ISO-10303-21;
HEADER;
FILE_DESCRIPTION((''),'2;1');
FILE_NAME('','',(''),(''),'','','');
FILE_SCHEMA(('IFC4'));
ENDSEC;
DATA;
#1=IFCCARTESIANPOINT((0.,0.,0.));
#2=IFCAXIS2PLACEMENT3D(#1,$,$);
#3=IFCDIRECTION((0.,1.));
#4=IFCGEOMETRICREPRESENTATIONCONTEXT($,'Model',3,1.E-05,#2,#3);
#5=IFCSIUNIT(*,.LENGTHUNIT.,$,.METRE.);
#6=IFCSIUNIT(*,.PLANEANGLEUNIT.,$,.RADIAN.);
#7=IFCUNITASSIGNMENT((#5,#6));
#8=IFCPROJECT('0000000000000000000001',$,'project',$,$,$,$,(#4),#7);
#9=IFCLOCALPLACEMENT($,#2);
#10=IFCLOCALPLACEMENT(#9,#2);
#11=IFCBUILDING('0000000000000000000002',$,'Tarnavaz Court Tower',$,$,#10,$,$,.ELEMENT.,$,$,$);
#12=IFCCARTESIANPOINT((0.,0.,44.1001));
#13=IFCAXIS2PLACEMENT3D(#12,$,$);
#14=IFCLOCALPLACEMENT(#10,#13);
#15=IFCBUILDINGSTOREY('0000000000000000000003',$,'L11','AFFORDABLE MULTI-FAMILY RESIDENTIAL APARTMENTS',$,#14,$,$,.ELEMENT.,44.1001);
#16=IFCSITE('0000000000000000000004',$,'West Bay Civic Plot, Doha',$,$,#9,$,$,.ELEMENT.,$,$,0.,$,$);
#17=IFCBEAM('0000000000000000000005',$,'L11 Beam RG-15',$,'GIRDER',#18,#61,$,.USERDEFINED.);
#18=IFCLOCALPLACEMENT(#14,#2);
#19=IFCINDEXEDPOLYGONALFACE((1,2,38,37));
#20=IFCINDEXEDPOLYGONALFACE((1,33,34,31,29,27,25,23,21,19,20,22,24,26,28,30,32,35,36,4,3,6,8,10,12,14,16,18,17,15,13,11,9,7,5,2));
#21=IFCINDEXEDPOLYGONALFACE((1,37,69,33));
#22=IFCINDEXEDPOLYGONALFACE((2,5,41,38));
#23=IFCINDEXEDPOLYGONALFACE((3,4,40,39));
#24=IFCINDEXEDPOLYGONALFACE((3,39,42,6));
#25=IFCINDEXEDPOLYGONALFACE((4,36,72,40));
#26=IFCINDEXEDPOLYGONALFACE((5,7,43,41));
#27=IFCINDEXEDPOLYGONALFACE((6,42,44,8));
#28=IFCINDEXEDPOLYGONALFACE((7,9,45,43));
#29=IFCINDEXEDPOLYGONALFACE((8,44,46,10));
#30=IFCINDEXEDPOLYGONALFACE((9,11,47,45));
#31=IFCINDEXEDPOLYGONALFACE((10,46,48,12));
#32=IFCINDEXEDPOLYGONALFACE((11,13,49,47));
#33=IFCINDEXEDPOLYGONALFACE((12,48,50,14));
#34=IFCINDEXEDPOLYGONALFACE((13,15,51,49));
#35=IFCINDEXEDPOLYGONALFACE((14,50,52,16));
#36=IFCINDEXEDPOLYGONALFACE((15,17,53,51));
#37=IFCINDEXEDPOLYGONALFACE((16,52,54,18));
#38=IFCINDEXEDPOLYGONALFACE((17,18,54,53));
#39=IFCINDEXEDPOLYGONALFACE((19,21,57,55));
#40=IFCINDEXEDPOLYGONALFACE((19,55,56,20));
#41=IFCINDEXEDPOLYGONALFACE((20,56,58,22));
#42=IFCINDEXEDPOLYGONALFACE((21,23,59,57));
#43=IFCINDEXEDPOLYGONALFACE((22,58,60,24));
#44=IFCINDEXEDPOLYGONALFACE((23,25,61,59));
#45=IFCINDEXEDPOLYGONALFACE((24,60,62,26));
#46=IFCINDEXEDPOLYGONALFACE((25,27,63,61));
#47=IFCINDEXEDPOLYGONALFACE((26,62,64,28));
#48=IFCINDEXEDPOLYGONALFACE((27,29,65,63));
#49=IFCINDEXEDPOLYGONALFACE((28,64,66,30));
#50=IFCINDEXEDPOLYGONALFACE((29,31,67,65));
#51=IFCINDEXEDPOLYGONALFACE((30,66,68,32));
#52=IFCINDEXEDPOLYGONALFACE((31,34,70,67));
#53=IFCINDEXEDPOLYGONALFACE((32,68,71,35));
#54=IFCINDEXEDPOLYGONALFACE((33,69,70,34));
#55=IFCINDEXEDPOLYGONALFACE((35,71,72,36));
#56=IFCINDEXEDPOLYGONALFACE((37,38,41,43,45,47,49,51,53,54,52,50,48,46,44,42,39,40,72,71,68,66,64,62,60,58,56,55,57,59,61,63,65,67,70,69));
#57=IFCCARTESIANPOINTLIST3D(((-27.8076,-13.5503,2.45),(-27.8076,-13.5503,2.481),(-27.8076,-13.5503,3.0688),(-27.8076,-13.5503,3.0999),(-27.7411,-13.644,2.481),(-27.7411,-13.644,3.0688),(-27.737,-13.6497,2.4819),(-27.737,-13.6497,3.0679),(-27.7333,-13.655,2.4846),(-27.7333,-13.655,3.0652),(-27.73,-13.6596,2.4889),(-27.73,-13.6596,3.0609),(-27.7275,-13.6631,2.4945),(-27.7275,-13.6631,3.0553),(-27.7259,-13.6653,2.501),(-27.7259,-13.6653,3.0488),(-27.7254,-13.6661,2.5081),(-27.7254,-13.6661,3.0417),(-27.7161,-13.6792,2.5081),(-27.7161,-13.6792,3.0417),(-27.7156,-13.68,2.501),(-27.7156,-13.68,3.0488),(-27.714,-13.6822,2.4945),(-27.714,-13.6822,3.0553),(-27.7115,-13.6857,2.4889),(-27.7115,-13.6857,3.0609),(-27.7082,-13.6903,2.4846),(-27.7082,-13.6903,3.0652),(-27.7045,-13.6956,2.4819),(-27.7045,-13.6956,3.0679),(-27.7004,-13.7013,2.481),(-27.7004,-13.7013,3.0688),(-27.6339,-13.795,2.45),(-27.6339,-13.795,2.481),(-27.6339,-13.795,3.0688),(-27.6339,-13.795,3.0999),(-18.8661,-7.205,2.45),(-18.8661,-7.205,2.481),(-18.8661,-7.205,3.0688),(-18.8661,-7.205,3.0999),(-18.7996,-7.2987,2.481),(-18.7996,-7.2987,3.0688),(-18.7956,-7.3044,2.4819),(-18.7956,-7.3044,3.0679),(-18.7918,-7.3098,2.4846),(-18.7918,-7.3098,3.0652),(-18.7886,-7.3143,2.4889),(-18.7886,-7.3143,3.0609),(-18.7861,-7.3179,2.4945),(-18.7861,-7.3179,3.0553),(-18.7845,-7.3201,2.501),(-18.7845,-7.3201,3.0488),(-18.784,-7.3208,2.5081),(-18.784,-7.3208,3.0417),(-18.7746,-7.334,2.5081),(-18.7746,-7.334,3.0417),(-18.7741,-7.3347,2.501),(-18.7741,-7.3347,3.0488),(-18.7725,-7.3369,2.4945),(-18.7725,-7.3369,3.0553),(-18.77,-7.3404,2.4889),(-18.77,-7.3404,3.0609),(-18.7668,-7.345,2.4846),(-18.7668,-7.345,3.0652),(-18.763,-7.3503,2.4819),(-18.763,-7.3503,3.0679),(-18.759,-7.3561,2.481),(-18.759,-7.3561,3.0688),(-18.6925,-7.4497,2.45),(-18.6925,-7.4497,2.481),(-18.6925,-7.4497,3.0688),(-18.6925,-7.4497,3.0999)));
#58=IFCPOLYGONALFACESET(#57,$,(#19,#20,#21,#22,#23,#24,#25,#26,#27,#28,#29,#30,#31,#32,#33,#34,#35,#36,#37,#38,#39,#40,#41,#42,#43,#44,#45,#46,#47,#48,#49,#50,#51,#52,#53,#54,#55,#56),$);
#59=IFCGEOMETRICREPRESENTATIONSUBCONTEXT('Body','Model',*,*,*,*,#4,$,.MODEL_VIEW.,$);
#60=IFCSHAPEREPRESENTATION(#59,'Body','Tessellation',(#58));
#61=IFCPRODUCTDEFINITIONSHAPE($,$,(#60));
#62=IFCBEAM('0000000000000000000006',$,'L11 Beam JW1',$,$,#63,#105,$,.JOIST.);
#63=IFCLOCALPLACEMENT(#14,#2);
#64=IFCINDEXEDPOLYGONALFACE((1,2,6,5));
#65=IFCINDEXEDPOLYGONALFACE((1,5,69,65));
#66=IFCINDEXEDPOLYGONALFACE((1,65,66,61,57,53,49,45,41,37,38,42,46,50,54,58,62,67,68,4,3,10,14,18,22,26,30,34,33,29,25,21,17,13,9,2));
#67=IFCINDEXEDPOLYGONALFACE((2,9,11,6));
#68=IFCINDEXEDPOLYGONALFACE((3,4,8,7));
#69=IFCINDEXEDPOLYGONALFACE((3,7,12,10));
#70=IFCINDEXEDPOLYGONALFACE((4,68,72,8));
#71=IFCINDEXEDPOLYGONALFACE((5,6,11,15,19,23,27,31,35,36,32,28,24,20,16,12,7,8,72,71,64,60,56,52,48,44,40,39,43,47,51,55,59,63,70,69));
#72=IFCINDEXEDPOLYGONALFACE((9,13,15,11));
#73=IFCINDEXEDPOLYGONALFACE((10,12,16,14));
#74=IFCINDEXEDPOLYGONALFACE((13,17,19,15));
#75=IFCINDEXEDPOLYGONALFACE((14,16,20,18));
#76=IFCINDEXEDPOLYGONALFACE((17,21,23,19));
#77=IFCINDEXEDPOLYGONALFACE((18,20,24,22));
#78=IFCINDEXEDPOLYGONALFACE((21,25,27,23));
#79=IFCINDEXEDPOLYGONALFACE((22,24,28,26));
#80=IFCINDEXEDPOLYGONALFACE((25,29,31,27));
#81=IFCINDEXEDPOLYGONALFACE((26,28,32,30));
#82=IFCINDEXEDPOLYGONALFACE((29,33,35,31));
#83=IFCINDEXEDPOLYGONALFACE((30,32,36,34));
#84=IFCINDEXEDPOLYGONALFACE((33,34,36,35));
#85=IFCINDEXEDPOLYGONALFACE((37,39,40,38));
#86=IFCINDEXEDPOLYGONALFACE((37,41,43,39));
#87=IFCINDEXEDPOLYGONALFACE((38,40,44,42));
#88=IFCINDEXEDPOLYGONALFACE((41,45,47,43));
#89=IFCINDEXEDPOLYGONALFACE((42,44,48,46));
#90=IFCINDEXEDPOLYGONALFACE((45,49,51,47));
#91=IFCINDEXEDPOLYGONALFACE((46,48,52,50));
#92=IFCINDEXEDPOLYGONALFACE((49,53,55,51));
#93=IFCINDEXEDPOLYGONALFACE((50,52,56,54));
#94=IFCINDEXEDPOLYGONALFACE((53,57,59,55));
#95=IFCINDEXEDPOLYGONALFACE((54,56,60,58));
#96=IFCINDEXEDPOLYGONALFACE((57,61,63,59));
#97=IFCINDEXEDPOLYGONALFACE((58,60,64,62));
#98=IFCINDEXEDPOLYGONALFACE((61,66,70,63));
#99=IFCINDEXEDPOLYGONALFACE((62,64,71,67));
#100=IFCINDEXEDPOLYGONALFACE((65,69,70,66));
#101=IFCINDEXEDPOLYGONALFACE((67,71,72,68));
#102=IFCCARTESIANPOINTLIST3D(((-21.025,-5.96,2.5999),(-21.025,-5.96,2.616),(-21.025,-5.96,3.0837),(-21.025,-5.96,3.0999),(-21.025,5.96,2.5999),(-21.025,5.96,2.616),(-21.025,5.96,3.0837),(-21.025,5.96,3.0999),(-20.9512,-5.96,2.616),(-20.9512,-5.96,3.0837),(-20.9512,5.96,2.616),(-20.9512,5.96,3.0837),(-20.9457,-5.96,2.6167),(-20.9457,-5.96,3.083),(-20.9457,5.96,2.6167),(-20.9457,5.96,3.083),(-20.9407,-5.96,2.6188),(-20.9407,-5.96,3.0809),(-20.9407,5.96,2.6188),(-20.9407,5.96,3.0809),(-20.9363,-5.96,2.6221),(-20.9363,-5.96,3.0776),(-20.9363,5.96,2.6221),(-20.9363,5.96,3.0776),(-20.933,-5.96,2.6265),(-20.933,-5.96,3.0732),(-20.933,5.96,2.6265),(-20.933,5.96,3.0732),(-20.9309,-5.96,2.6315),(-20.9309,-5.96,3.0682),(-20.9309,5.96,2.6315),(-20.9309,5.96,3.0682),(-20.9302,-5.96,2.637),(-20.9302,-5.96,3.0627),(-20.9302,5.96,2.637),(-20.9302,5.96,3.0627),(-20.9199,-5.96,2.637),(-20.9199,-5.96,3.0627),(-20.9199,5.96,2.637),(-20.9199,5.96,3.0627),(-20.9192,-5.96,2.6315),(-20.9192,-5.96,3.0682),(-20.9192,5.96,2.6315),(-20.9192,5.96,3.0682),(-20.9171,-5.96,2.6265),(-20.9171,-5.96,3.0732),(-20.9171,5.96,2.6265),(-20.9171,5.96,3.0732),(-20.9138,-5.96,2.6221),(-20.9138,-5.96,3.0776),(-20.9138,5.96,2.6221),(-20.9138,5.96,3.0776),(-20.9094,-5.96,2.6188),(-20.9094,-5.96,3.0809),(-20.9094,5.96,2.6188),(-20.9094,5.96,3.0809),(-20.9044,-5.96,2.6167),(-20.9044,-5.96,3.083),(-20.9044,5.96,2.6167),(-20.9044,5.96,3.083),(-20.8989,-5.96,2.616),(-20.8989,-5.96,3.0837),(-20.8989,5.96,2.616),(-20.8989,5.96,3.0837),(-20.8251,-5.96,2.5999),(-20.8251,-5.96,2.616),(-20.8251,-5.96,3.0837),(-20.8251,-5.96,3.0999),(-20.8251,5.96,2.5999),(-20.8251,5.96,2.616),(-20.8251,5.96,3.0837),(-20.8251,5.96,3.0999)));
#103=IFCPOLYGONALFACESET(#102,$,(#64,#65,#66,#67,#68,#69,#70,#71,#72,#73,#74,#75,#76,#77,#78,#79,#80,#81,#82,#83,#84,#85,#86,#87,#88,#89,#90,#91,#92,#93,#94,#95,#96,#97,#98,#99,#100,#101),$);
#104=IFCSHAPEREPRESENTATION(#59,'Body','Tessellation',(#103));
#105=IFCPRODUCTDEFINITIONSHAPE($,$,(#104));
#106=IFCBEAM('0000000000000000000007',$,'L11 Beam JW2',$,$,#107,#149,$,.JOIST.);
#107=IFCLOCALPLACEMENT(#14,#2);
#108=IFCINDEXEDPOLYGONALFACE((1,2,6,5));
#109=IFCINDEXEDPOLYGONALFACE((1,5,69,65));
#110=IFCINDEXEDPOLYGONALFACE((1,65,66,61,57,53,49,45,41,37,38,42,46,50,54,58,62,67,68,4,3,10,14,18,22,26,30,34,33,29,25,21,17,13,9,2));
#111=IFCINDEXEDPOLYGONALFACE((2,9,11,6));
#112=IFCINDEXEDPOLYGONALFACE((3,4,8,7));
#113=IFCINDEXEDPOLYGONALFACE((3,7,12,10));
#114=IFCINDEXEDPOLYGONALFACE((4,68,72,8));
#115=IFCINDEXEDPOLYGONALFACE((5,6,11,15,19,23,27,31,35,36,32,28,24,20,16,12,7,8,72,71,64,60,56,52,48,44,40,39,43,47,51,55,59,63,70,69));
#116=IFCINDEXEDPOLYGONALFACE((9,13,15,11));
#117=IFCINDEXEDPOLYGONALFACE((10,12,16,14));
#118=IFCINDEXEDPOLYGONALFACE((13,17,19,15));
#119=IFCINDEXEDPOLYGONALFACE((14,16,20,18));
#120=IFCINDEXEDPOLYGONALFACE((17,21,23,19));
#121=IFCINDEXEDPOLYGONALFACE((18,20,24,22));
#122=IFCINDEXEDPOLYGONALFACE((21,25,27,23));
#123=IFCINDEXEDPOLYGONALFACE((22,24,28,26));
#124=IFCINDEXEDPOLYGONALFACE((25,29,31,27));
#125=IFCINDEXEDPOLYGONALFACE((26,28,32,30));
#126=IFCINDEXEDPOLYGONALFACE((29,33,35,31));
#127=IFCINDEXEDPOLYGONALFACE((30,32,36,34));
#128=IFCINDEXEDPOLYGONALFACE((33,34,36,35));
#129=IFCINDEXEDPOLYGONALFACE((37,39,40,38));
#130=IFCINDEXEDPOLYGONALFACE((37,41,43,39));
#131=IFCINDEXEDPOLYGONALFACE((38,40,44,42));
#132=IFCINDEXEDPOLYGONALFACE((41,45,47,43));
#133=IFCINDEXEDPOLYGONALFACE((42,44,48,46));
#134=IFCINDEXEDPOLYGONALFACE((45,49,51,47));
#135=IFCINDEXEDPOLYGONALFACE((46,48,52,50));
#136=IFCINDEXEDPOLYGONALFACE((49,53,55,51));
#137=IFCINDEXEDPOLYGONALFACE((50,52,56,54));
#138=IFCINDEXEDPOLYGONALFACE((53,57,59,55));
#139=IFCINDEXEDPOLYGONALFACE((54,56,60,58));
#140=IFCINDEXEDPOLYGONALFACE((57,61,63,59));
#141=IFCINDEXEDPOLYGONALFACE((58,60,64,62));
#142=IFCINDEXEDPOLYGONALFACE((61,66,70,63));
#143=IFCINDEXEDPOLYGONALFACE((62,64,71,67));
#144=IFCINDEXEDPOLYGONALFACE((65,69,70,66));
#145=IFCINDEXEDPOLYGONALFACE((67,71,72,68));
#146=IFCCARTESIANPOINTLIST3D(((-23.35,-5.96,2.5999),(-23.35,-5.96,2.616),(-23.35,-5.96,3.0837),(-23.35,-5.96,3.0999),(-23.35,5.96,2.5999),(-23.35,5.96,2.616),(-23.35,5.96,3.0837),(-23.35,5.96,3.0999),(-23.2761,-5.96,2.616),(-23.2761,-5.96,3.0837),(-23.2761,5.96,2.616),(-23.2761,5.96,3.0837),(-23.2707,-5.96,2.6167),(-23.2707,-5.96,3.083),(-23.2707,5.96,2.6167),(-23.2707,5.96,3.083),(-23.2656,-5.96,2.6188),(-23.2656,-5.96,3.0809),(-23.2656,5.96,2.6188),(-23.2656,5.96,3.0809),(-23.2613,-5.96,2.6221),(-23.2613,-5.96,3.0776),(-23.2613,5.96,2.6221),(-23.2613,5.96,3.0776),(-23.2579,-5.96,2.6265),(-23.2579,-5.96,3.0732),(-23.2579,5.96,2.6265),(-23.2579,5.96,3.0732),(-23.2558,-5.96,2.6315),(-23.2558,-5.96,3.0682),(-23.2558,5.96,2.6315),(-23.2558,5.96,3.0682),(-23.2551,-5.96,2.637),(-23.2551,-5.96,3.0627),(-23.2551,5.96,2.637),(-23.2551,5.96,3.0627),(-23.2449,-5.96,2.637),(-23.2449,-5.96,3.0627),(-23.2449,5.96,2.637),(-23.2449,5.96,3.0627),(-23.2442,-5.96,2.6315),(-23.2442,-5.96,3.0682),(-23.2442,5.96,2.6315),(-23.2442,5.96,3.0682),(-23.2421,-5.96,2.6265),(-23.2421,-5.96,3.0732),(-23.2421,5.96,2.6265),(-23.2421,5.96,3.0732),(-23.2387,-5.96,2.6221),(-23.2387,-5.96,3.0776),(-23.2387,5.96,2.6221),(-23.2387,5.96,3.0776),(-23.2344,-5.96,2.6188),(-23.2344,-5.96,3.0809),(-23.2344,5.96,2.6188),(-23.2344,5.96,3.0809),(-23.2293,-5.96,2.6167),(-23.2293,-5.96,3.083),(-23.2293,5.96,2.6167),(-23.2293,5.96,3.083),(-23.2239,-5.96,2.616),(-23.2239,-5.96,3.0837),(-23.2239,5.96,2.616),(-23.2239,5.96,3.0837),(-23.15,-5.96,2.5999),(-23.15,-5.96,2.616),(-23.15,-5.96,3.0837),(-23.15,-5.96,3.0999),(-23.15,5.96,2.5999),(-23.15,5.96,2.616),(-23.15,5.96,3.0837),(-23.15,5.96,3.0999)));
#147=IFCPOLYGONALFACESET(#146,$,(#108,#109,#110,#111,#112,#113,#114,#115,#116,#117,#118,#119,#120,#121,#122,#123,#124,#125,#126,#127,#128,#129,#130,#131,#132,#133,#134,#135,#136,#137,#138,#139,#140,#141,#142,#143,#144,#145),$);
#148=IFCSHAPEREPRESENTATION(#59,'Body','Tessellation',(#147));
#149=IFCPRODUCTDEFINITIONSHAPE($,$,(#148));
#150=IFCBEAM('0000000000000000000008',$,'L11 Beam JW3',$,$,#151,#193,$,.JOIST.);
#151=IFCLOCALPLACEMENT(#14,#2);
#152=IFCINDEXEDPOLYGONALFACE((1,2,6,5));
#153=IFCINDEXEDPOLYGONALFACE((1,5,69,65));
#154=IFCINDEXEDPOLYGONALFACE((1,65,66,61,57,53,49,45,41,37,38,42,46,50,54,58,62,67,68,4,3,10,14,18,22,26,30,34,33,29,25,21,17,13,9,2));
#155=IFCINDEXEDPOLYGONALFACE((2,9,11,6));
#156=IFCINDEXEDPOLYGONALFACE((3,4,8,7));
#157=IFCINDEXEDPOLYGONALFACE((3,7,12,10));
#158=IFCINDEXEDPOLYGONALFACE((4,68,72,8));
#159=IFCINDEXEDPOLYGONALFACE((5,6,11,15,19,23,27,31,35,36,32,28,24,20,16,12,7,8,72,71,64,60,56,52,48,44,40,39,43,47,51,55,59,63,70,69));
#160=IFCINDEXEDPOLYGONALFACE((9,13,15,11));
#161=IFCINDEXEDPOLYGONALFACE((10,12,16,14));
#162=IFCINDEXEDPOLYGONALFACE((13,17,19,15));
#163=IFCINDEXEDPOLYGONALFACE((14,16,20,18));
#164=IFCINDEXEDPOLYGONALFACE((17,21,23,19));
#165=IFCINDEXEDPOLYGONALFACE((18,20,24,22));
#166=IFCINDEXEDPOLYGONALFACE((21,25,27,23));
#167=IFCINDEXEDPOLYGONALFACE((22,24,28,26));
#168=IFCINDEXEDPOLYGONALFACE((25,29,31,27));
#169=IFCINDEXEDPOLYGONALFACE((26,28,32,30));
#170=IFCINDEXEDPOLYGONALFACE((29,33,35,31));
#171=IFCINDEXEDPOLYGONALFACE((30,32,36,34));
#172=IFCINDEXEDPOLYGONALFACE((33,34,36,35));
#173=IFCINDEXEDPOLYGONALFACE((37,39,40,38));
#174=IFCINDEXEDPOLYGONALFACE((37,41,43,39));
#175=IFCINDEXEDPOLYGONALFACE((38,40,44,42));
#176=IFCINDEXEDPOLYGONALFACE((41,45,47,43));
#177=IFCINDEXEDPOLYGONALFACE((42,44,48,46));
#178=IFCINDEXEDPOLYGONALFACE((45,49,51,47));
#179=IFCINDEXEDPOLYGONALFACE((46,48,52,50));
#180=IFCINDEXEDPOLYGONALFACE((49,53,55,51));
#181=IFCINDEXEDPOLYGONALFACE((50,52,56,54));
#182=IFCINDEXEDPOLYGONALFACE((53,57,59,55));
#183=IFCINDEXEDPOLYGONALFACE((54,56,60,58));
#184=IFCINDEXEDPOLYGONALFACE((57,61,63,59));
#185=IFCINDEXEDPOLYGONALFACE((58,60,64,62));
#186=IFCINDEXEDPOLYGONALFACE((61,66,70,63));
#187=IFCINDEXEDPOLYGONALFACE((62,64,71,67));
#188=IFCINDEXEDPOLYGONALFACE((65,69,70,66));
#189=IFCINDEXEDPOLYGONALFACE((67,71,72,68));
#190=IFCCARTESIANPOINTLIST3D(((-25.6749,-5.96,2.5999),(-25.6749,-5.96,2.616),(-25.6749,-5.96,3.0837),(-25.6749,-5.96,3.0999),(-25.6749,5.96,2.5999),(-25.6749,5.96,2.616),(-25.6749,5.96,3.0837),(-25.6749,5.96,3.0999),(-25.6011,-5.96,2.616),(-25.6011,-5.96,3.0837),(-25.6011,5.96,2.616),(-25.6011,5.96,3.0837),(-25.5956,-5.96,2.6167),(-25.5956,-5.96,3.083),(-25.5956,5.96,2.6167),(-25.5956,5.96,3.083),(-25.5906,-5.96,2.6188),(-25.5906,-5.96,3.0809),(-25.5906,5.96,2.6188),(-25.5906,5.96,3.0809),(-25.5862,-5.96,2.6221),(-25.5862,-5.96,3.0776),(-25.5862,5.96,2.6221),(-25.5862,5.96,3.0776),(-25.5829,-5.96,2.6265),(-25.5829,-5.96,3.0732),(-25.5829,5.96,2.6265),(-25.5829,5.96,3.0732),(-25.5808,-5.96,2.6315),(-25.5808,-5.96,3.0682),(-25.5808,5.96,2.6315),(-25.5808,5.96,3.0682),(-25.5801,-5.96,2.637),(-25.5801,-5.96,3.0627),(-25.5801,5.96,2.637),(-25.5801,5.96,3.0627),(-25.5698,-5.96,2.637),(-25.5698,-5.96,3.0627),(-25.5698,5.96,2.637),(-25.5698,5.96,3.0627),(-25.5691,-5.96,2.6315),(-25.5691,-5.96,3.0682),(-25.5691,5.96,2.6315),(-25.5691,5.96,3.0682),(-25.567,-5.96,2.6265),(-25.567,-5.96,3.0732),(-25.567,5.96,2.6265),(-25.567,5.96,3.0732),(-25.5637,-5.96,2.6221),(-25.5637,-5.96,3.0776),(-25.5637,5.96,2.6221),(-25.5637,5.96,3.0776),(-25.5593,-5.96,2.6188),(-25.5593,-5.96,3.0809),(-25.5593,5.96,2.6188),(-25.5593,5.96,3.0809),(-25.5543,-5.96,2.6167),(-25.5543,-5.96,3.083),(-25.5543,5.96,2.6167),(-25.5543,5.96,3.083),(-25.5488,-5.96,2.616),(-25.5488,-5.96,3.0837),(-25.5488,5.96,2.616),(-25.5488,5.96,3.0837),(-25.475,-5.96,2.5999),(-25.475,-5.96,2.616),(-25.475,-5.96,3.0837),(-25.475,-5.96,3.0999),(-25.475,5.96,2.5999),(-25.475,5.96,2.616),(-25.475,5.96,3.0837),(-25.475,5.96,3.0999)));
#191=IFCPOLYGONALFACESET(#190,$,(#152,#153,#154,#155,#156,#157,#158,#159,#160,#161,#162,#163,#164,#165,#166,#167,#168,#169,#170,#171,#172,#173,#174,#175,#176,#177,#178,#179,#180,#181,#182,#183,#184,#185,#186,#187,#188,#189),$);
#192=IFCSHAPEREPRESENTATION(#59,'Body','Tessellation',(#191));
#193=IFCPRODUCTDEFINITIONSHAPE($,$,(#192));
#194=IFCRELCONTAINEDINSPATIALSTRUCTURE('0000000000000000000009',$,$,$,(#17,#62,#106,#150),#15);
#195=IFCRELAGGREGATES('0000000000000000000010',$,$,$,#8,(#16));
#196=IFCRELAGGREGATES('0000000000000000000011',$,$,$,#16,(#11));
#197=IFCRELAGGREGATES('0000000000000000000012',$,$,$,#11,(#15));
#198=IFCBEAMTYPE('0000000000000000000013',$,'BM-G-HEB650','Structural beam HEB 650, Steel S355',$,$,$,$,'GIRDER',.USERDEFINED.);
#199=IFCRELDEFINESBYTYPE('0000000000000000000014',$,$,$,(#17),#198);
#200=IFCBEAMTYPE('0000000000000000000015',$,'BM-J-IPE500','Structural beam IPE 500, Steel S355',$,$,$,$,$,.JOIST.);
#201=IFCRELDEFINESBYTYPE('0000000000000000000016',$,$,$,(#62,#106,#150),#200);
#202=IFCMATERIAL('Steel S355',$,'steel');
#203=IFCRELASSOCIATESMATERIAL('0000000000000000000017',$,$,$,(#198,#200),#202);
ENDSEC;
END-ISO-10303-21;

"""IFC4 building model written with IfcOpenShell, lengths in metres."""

from ifc_helpers import new_model, si_unit, direction, frame, origin, origin_2d, place, context, subcontext, project, spatial, i_section, extrude, material, material_profile, profile_set, type_object, element, save


model = new_model("IFC4")

# Units and contexts
model_context = context("Model", 3, precision=1e-05, world=origin(), true_north=direction((0.0, 1.0)))
body_context = subcontext(model_context, "Body", "Model", "MODEL_VIEW")
ifc_project = project(units=[si_unit("LENGTHUNIT", "METRE"), si_unit("PLANEANGLEUNIT", "RADIAN")], contexts=[model_context])

# Site, building, storey
site_placement = place(None, origin())
site = spatial("IfcSite", under=ifc_project, at=site_placement, Name="West Bay Civic Plot, Doha", CompositionType="ELEMENT", RefElevation=0.0)
building_placement = place(site_placement, origin())
building = spatial("IfcBuilding", under=site, at=building_placement, Name="Tarnavaz Court Tower", CompositionType="ELEMENT")
storey_placement = place(building_placement, frame((0.0, 0.0, 44.1001)))
storey = spatial("IfcBuildingStorey", under=building, at=storey_placement, Name="L11", Description="AFFORDABLE MULTI-FAMILY RESIDENTIAL APARTMENTS", CompositionType="ELEMENT", Elevation=44.1001)

# Beams
ifc_material_1 = material(Name="Steel S355", Category="steel")
ifc_material_profile_1 = material_profile(ifc_material_1, i_section(OverallWidth=0.3, OverallDepth=0.6499, WebThickness=0.0161, FlangeThickness=0.031, FilletRadius=0.0271, at=origin_2d()), Name="HEB 650")
ifc_profile_set_1 = profile_set([ifc_material_profile_1], Name="Steel S355")
beam_type_1 = type_object("IfcBeamType", Name="BM-G-HEB650", Description="Structural beam HEB 650, Steel S355", ElementType="GIRDER", PredefinedType="USERDEFINED", material=ifc_profile_set_1)
beam_1_placement = place(storey_placement, frame((-18.7793, -7.3274, 2.7749), z_axis=(-0.81552, -0.578729, 0.0), x_axis=(0.578729, -0.81552, 0.0)))
element("IfcBeam", 1, at=beam_1_placement, inside=storey, type_object=beam_type_1, Name="L11 Beam RG-15", ObjectType="GIRDER", PredefinedType="USERDEFINED", context=body_context, shape_type="SweptSolid", body=[
    extrude(i_section(OverallWidth=0.3, OverallDepth=0.6499, WebThickness=0.0161, FlangeThickness=0.031, FilletRadius=0.0271, at=origin_2d()), origin(), (0.0, 0.0, 1.0), 10.9641),
])
ifc_material_profile_2 = material_profile(ifc_material_1, i_section(OverallWidth=0.2, OverallDepth=0.5, WebThickness=0.0103, FlangeThickness=0.0161, FilletRadius=0.021, at=origin_2d()), Name="IPE 500")
ifc_profile_set_2 = profile_set([ifc_material_profile_2], Name="Steel S355")
beam_type_2 = type_object("IfcBeamType", Name="BM-J-IPE500", Description="Structural beam IPE 500, Steel S355", PredefinedType="JOIST", material=ifc_profile_set_2)
for number, where, z_axis, x_axis, name in (
    (2, (-20.925, -5.96, 2.8499), (0.0, 1.0, 0.0), (-1.0, 0.0, 0.0), "L11 Beam JW1"),
    (3, (-23.25, -5.96, 2.8499), (0.0, 1.0, 0.0), (-1.0, 0.0, 0.0), "L11 Beam JW2"),
    (4, (-25.575, -5.96, 2.8499), (0.0, 1.0, 0.0), (-1.0, 0.0, 0.0), "L11 Beam JW3"),
):
    element("IfcBeam", number, at=place(storey_placement, frame(where, z_axis=z_axis, x_axis=x_axis)), inside=storey, type_object=beam_type_2, Name=name, PredefinedType="JOIST", context=body_context, shape_type="SweptSolid", body=[
        extrude(i_section(OverallWidth=0.2, OverallDepth=0.5, WebThickness=0.0103, FlangeThickness=0.0161, FilletRadius=0.021, at=origin_2d()), origin(), (0.0, 0.0, 1.0), 11.9199),
    ])

save(model, "model.ifc")
